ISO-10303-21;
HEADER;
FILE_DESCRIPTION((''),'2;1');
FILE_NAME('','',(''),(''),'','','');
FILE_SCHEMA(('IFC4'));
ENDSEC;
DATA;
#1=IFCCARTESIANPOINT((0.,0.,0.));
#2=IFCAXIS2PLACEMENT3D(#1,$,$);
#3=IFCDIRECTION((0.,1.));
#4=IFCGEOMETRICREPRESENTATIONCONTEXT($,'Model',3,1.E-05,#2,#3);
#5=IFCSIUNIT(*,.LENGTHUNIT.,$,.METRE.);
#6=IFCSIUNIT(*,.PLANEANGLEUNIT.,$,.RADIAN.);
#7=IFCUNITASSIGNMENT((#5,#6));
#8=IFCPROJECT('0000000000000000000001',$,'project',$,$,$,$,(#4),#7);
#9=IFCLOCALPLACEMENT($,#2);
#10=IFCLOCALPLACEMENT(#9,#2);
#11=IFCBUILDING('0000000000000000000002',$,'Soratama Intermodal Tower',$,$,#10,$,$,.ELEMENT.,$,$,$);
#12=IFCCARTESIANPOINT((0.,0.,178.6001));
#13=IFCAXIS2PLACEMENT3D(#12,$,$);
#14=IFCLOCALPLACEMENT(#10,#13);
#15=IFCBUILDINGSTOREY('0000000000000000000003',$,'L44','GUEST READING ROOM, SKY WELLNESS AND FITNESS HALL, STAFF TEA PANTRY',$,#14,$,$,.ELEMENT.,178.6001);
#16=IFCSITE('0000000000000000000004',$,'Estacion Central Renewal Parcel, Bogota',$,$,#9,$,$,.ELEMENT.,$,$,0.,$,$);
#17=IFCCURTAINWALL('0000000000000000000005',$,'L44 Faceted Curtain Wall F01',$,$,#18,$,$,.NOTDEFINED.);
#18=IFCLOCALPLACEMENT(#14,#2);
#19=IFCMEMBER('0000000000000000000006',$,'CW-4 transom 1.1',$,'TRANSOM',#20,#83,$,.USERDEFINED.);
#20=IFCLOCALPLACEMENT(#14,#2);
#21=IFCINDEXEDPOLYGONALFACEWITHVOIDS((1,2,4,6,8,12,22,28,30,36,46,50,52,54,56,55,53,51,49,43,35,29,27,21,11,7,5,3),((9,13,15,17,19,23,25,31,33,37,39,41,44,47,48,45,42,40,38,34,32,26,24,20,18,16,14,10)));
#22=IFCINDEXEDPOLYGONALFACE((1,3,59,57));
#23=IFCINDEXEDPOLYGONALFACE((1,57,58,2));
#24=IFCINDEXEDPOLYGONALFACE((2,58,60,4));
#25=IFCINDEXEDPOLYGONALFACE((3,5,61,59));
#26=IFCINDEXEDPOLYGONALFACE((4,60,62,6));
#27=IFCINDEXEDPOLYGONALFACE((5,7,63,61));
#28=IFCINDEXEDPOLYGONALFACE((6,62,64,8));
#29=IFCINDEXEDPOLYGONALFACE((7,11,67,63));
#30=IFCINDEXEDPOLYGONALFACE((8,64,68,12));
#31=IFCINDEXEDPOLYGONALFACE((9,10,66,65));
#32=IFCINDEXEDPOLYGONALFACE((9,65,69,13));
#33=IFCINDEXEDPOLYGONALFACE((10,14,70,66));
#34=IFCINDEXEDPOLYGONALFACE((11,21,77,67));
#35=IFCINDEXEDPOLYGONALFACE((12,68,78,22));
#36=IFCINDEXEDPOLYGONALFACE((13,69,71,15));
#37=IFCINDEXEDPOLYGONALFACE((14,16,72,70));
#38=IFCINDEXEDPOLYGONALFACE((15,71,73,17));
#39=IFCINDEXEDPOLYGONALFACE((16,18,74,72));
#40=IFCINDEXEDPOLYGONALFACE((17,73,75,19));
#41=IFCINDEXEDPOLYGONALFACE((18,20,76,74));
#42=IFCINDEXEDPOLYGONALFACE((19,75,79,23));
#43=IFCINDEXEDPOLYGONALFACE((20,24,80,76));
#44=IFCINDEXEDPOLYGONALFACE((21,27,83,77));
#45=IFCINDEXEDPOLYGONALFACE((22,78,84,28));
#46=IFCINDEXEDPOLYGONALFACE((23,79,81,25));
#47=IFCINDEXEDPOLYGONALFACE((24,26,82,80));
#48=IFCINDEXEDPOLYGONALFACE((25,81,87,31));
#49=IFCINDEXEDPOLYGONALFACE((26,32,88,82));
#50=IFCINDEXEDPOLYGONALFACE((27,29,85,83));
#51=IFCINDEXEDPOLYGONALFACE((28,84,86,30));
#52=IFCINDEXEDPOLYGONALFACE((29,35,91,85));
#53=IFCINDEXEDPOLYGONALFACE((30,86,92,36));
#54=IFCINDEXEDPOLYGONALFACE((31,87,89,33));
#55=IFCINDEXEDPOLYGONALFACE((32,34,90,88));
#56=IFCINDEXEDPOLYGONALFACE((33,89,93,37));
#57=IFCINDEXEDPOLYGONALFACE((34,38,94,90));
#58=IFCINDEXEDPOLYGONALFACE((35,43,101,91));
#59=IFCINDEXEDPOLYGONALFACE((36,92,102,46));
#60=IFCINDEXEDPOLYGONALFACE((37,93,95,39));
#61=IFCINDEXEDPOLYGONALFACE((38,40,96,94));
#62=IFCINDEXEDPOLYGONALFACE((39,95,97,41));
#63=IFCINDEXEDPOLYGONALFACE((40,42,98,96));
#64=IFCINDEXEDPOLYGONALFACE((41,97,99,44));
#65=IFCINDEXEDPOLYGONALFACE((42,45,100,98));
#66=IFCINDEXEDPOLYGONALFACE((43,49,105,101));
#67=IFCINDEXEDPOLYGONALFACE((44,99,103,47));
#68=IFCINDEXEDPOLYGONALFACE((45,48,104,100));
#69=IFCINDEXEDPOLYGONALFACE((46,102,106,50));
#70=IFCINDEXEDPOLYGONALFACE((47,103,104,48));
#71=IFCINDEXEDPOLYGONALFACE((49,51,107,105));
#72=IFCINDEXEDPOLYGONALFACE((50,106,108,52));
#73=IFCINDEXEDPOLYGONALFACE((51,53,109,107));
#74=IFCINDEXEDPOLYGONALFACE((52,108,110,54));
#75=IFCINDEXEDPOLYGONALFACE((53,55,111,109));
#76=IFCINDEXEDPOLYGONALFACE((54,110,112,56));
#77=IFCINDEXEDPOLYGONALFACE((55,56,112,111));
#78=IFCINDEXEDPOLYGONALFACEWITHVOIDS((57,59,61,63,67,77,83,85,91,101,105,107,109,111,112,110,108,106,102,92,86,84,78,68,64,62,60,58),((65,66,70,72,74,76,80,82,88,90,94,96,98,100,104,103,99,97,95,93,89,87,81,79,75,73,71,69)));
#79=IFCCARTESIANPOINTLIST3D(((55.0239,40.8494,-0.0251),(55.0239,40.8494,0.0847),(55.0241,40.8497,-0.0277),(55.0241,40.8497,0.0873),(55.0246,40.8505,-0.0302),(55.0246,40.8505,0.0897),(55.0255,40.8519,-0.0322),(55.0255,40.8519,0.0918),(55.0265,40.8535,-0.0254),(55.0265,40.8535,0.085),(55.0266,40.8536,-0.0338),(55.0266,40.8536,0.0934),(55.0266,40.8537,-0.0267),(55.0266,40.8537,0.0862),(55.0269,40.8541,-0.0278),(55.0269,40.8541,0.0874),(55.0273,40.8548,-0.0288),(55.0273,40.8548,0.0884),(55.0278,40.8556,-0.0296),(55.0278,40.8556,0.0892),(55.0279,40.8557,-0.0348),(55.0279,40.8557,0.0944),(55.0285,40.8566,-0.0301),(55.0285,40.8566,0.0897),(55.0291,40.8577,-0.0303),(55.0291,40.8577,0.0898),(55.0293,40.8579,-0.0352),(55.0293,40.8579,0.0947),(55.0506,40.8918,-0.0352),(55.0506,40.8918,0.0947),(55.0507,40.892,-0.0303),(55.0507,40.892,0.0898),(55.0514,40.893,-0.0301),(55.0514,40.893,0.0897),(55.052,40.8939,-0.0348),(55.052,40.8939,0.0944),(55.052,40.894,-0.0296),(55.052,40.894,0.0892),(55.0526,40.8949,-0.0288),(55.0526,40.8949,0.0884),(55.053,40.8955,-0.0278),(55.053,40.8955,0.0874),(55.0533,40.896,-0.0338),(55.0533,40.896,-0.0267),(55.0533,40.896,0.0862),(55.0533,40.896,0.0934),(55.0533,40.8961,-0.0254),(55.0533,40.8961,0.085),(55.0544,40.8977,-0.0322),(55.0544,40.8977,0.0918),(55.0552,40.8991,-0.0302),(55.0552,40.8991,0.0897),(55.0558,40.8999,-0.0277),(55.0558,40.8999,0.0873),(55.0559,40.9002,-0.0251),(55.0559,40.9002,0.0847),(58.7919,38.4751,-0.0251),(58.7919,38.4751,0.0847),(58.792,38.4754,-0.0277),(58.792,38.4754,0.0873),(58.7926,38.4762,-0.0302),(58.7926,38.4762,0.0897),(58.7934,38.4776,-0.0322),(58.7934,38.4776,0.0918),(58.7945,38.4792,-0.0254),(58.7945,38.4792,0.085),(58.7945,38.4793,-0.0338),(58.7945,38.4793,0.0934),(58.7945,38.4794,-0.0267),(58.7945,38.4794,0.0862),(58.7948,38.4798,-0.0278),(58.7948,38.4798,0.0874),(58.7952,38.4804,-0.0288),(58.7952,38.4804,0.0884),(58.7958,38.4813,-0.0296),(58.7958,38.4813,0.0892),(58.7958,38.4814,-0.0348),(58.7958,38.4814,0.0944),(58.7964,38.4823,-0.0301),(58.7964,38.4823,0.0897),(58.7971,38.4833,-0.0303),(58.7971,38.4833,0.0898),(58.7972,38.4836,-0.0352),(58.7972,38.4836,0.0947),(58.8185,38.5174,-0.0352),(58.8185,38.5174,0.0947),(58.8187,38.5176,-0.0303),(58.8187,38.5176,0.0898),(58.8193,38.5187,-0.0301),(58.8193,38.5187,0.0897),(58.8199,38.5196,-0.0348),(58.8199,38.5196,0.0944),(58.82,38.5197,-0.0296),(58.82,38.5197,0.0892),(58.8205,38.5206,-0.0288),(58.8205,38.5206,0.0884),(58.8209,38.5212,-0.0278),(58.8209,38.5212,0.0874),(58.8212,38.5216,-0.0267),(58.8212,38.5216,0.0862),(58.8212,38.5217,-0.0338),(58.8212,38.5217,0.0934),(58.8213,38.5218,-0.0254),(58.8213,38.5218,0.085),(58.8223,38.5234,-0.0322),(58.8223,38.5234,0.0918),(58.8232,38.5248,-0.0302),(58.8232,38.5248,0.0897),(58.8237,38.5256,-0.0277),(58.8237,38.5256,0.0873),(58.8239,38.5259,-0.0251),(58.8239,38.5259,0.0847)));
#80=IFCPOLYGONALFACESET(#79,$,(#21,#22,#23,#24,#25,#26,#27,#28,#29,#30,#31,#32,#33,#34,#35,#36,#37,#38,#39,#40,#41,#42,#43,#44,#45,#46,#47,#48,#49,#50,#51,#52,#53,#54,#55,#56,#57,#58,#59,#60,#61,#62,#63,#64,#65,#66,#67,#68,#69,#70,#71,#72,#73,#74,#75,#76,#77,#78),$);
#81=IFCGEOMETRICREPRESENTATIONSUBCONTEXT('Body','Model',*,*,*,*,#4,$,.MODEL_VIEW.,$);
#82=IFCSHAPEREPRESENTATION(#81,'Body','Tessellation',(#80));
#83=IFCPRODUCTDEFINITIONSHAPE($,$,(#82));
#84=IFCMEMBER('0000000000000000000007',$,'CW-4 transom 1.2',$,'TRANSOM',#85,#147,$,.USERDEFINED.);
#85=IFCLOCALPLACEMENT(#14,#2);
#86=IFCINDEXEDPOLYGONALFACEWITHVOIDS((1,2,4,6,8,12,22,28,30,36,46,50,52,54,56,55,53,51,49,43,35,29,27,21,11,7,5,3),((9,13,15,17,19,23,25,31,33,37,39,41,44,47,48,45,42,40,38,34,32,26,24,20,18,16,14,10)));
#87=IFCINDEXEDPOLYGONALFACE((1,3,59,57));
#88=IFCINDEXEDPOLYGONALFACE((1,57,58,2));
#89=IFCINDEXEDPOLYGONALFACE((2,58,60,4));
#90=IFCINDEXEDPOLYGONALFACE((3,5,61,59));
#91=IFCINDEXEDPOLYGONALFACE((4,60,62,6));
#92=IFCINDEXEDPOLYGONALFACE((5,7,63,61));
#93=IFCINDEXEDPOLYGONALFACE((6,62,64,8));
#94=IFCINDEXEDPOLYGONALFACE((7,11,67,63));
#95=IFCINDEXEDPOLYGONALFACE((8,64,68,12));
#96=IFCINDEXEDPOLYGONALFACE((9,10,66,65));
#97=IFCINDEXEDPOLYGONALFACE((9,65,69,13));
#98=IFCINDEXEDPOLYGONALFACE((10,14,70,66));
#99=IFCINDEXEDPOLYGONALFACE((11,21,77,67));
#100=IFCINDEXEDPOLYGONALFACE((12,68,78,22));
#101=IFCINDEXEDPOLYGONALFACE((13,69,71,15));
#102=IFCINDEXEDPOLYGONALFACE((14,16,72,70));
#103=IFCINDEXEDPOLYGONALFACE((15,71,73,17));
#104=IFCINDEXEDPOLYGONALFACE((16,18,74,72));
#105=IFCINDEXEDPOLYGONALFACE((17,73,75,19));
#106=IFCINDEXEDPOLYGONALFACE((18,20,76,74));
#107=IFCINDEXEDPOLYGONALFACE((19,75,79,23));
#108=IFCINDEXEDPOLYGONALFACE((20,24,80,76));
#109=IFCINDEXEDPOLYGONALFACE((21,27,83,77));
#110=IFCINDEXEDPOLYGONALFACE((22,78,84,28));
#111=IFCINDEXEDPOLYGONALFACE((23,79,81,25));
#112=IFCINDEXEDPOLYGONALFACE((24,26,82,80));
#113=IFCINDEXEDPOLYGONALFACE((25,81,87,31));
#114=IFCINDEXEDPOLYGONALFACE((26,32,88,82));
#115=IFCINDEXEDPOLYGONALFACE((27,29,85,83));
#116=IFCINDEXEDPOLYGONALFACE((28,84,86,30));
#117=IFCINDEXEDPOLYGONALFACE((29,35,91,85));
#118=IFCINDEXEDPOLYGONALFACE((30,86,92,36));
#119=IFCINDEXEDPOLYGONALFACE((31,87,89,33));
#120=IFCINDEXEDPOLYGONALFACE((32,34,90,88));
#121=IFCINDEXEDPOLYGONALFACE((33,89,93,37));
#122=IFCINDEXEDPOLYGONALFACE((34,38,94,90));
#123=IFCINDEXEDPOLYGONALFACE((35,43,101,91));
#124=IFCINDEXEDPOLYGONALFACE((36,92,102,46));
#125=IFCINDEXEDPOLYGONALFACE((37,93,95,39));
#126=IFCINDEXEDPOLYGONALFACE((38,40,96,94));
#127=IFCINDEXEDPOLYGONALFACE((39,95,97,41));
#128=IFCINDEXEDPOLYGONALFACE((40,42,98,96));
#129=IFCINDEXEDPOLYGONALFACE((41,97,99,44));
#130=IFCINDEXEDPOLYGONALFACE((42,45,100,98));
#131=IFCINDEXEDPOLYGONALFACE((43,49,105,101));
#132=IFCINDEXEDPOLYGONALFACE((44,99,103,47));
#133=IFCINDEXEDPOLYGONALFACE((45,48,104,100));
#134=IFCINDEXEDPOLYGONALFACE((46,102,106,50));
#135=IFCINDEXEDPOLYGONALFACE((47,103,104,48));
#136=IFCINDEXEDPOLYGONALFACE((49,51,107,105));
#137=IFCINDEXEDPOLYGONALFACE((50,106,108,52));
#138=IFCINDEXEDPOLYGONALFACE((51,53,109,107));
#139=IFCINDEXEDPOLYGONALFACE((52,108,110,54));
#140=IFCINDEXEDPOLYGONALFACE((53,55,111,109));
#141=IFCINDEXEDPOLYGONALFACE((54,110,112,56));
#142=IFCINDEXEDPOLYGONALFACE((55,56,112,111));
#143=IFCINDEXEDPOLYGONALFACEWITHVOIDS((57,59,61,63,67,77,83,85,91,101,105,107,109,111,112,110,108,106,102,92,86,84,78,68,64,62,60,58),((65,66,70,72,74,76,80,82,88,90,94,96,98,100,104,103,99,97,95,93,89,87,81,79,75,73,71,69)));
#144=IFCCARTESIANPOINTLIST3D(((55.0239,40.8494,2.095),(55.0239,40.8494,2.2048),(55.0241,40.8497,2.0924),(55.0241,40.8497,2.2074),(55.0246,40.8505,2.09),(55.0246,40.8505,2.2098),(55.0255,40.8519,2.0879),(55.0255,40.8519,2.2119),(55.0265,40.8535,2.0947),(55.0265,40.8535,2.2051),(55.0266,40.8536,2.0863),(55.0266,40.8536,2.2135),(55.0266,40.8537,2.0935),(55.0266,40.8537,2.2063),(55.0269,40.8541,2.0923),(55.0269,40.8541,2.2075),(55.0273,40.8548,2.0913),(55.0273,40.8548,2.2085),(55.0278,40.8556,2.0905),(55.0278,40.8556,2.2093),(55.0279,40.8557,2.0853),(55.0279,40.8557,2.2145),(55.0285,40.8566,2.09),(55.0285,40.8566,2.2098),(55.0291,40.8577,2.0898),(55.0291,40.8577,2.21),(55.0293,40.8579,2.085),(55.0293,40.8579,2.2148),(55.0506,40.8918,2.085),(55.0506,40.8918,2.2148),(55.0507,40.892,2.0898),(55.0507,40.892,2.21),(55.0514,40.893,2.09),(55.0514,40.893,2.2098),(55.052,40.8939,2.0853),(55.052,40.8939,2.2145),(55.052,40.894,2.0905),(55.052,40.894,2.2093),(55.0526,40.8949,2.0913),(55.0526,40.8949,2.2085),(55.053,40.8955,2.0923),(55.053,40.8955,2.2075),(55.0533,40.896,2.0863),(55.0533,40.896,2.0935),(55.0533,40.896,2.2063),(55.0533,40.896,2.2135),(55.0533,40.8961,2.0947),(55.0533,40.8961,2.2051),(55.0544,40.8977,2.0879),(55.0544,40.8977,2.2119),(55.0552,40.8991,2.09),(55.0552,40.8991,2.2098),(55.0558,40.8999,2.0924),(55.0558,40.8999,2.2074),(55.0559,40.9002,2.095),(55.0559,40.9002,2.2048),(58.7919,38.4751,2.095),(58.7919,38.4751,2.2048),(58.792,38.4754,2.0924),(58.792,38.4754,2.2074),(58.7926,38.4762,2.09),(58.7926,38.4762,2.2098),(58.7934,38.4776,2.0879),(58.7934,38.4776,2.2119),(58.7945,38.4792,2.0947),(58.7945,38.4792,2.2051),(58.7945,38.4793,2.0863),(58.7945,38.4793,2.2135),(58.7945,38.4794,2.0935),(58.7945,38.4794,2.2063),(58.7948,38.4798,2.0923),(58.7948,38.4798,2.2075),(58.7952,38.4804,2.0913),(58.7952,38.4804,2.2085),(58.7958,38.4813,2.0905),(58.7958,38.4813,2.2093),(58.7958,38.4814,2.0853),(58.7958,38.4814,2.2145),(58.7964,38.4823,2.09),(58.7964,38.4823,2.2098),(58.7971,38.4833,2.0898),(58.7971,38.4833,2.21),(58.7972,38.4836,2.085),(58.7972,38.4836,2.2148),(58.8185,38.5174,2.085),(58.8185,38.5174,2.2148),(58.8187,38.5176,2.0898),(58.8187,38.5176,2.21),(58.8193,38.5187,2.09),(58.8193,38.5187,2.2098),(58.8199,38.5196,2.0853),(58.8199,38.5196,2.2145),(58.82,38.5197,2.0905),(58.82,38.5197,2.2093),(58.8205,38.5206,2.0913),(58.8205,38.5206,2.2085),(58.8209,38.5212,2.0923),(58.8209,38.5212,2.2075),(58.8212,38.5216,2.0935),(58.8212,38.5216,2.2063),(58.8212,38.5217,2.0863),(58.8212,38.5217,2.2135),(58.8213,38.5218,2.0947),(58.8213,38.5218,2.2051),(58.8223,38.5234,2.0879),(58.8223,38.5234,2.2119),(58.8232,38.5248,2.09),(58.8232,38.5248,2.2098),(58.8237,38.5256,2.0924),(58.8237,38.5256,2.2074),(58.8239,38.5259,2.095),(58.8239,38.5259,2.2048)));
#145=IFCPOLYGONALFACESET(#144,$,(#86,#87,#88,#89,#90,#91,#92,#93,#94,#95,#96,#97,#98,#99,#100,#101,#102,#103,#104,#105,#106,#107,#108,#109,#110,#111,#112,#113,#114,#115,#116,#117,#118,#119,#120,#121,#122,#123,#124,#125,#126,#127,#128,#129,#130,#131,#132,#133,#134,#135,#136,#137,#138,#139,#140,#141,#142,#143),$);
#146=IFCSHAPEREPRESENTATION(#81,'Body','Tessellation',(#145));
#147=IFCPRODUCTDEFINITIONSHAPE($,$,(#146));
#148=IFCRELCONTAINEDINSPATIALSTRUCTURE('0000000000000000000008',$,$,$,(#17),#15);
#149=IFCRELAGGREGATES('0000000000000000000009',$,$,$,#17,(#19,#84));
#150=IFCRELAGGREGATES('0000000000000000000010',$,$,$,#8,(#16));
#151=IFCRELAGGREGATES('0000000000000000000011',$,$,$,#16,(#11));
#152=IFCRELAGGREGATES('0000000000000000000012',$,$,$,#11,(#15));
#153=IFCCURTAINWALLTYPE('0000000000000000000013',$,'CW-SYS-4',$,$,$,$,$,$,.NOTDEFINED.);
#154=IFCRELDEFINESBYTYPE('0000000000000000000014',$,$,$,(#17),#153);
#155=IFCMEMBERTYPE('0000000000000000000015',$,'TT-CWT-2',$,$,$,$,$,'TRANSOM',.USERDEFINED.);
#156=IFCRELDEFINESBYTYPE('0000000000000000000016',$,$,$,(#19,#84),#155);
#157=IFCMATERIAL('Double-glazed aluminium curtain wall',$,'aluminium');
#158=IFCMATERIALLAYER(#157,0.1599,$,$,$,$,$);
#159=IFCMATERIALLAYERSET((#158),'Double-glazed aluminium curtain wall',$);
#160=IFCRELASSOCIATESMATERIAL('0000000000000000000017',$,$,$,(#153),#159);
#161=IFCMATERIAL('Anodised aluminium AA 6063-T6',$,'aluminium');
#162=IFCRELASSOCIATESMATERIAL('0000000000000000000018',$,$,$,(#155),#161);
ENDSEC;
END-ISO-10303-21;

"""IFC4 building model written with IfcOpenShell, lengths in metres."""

from ifc_helpers import new_model, si_unit, direction, frame, origin, origin_2d, place, context, subcontext, project, spatial, hollow_rectangle, extrude, material, layer, layer_set, material_profile, profile_set, type_object, element, aggregate, save


model = new_model("IFC4")

# Units and contexts
model_context = context("Model", 3, precision=1e-05, world=origin(), true_north=direction((0.0, 1.0)))
body_context = subcontext(model_context, "Body", "Model", "MODEL_VIEW")
ifc_project = project(units=[si_unit("LENGTHUNIT", "METRE"), si_unit("PLANEANGLEUNIT", "RADIAN")], contexts=[model_context])

# Site, building, storey
site_placement = place(None, origin())
site = spatial("IfcSite", under=ifc_project, at=site_placement, Name="Estacion Central Renewal Parcel, Bogota", CompositionType="ELEMENT", RefElevation=0.0)
building_placement = place(site_placement, origin())
building = spatial("IfcBuilding", under=site, at=building_placement, Name="Soratama Intermodal Tower", CompositionType="ELEMENT")
storey_placement = place(building_placement, frame((0.0, 0.0, 178.6001)))
storey = spatial("IfcBuildingStorey", under=building, at=storey_placement, Name="L44", Description="GUEST READING ROOM, SKY WELLNESS AND FITNESS HALL, STAFF TEA PANTRY", CompositionType="ELEMENT", Elevation=178.6001)

# Curtain wall
ifc_material_1 = material(Name="Double-glazed aluminium curtain wall", Category="aluminium")
ifc_layer_1 = layer(ifc_material_1, 0.1599)
ifc_layer_set_1 = layer_set([ifc_layer_1], Name="Double-glazed aluminium curtain wall")
curtain_wall_type = type_object("IfcCurtainWallType", Name="CW-SYS-4", PredefinedType="NOTDEFINED", material=ifc_layer_set_1)
curtain_wall_1_placement = place(storey_placement, origin())
curtain_wall_1 = element("IfcCurtainWall", 1, at=curtain_wall_1_placement, inside=storey, type_object=curtain_wall_type, Name="L44 Faceted Curtain Wall F01", PredefinedType="NOTDEFINED")

# Members
ifc_material_2 = material(Name="Anodised aluminium AA 6063-T6", Category="aluminium")
ifc_material_profile_1 = material_profile(ifc_material_2, hollow_rectangle(XDim=0.0601, YDim=0.1299, WallThickness=0.0049, InnerFilletRadius=0.0049, OuterFilletRadius=0.01, at=origin_2d()), Name="CWT130X60X5")
ifc_profile_set_1 = profile_set([ifc_material_profile_1], Name="Anodised aluminium AA 6063-T6")
member_type_1 = type_object("IfcMemberType", Name="TT-CWT-2", ElementType="TRANSOM", PredefinedType="USERDEFINED", material=ifc_profile_set_1)
member_1_placement = place(storey_placement, frame((58.8079, 38.5005, 0.0298), z_axis=(-0.846037, 0.533124, 0.0), x_axis=(-0.533124, -0.846037, 0.0)))
member_1 = element("IfcMember", 2, at=member_1_placement, type_object=member_type_1, Name="CW-4 transom 1.1", ObjectType="TRANSOM", PredefinedType="USERDEFINED", context=body_context, shape_type="SweptSolid", body=[
    extrude(hollow_rectangle(XDim=0.0601, YDim=0.1299, WallThickness=0.0049, InnerFilletRadius=0.0049, OuterFilletRadius=0.01, at=origin_2d()), origin(), (0.0, 0.0, 1.0), 4.4536),
])
member_2_placement = place(storey_placement, frame((58.8079, 38.5005, 2.1499), z_axis=(-0.846037, 0.533124, 0.0), x_axis=(-0.533124, -0.846037, 0.0)))
member_2 = element("IfcMember", 3, at=member_2_placement, type_object=member_type_1, Name="CW-4 transom 1.2", ObjectType="TRANSOM", PredefinedType="USERDEFINED", context=body_context, shape_type="SweptSolid", body=[
    extrude(hollow_rectangle(XDim=0.0601, YDim=0.1299, WallThickness=0.0049, InnerFilletRadius=0.0049, OuterFilletRadius=0.01, at=origin_2d()), origin(), (0.0, 0.0, 1.0), 4.4536),
])

aggregate(curtain_wall_1, [member_1, member_2])

save(model, "model.ifc")
